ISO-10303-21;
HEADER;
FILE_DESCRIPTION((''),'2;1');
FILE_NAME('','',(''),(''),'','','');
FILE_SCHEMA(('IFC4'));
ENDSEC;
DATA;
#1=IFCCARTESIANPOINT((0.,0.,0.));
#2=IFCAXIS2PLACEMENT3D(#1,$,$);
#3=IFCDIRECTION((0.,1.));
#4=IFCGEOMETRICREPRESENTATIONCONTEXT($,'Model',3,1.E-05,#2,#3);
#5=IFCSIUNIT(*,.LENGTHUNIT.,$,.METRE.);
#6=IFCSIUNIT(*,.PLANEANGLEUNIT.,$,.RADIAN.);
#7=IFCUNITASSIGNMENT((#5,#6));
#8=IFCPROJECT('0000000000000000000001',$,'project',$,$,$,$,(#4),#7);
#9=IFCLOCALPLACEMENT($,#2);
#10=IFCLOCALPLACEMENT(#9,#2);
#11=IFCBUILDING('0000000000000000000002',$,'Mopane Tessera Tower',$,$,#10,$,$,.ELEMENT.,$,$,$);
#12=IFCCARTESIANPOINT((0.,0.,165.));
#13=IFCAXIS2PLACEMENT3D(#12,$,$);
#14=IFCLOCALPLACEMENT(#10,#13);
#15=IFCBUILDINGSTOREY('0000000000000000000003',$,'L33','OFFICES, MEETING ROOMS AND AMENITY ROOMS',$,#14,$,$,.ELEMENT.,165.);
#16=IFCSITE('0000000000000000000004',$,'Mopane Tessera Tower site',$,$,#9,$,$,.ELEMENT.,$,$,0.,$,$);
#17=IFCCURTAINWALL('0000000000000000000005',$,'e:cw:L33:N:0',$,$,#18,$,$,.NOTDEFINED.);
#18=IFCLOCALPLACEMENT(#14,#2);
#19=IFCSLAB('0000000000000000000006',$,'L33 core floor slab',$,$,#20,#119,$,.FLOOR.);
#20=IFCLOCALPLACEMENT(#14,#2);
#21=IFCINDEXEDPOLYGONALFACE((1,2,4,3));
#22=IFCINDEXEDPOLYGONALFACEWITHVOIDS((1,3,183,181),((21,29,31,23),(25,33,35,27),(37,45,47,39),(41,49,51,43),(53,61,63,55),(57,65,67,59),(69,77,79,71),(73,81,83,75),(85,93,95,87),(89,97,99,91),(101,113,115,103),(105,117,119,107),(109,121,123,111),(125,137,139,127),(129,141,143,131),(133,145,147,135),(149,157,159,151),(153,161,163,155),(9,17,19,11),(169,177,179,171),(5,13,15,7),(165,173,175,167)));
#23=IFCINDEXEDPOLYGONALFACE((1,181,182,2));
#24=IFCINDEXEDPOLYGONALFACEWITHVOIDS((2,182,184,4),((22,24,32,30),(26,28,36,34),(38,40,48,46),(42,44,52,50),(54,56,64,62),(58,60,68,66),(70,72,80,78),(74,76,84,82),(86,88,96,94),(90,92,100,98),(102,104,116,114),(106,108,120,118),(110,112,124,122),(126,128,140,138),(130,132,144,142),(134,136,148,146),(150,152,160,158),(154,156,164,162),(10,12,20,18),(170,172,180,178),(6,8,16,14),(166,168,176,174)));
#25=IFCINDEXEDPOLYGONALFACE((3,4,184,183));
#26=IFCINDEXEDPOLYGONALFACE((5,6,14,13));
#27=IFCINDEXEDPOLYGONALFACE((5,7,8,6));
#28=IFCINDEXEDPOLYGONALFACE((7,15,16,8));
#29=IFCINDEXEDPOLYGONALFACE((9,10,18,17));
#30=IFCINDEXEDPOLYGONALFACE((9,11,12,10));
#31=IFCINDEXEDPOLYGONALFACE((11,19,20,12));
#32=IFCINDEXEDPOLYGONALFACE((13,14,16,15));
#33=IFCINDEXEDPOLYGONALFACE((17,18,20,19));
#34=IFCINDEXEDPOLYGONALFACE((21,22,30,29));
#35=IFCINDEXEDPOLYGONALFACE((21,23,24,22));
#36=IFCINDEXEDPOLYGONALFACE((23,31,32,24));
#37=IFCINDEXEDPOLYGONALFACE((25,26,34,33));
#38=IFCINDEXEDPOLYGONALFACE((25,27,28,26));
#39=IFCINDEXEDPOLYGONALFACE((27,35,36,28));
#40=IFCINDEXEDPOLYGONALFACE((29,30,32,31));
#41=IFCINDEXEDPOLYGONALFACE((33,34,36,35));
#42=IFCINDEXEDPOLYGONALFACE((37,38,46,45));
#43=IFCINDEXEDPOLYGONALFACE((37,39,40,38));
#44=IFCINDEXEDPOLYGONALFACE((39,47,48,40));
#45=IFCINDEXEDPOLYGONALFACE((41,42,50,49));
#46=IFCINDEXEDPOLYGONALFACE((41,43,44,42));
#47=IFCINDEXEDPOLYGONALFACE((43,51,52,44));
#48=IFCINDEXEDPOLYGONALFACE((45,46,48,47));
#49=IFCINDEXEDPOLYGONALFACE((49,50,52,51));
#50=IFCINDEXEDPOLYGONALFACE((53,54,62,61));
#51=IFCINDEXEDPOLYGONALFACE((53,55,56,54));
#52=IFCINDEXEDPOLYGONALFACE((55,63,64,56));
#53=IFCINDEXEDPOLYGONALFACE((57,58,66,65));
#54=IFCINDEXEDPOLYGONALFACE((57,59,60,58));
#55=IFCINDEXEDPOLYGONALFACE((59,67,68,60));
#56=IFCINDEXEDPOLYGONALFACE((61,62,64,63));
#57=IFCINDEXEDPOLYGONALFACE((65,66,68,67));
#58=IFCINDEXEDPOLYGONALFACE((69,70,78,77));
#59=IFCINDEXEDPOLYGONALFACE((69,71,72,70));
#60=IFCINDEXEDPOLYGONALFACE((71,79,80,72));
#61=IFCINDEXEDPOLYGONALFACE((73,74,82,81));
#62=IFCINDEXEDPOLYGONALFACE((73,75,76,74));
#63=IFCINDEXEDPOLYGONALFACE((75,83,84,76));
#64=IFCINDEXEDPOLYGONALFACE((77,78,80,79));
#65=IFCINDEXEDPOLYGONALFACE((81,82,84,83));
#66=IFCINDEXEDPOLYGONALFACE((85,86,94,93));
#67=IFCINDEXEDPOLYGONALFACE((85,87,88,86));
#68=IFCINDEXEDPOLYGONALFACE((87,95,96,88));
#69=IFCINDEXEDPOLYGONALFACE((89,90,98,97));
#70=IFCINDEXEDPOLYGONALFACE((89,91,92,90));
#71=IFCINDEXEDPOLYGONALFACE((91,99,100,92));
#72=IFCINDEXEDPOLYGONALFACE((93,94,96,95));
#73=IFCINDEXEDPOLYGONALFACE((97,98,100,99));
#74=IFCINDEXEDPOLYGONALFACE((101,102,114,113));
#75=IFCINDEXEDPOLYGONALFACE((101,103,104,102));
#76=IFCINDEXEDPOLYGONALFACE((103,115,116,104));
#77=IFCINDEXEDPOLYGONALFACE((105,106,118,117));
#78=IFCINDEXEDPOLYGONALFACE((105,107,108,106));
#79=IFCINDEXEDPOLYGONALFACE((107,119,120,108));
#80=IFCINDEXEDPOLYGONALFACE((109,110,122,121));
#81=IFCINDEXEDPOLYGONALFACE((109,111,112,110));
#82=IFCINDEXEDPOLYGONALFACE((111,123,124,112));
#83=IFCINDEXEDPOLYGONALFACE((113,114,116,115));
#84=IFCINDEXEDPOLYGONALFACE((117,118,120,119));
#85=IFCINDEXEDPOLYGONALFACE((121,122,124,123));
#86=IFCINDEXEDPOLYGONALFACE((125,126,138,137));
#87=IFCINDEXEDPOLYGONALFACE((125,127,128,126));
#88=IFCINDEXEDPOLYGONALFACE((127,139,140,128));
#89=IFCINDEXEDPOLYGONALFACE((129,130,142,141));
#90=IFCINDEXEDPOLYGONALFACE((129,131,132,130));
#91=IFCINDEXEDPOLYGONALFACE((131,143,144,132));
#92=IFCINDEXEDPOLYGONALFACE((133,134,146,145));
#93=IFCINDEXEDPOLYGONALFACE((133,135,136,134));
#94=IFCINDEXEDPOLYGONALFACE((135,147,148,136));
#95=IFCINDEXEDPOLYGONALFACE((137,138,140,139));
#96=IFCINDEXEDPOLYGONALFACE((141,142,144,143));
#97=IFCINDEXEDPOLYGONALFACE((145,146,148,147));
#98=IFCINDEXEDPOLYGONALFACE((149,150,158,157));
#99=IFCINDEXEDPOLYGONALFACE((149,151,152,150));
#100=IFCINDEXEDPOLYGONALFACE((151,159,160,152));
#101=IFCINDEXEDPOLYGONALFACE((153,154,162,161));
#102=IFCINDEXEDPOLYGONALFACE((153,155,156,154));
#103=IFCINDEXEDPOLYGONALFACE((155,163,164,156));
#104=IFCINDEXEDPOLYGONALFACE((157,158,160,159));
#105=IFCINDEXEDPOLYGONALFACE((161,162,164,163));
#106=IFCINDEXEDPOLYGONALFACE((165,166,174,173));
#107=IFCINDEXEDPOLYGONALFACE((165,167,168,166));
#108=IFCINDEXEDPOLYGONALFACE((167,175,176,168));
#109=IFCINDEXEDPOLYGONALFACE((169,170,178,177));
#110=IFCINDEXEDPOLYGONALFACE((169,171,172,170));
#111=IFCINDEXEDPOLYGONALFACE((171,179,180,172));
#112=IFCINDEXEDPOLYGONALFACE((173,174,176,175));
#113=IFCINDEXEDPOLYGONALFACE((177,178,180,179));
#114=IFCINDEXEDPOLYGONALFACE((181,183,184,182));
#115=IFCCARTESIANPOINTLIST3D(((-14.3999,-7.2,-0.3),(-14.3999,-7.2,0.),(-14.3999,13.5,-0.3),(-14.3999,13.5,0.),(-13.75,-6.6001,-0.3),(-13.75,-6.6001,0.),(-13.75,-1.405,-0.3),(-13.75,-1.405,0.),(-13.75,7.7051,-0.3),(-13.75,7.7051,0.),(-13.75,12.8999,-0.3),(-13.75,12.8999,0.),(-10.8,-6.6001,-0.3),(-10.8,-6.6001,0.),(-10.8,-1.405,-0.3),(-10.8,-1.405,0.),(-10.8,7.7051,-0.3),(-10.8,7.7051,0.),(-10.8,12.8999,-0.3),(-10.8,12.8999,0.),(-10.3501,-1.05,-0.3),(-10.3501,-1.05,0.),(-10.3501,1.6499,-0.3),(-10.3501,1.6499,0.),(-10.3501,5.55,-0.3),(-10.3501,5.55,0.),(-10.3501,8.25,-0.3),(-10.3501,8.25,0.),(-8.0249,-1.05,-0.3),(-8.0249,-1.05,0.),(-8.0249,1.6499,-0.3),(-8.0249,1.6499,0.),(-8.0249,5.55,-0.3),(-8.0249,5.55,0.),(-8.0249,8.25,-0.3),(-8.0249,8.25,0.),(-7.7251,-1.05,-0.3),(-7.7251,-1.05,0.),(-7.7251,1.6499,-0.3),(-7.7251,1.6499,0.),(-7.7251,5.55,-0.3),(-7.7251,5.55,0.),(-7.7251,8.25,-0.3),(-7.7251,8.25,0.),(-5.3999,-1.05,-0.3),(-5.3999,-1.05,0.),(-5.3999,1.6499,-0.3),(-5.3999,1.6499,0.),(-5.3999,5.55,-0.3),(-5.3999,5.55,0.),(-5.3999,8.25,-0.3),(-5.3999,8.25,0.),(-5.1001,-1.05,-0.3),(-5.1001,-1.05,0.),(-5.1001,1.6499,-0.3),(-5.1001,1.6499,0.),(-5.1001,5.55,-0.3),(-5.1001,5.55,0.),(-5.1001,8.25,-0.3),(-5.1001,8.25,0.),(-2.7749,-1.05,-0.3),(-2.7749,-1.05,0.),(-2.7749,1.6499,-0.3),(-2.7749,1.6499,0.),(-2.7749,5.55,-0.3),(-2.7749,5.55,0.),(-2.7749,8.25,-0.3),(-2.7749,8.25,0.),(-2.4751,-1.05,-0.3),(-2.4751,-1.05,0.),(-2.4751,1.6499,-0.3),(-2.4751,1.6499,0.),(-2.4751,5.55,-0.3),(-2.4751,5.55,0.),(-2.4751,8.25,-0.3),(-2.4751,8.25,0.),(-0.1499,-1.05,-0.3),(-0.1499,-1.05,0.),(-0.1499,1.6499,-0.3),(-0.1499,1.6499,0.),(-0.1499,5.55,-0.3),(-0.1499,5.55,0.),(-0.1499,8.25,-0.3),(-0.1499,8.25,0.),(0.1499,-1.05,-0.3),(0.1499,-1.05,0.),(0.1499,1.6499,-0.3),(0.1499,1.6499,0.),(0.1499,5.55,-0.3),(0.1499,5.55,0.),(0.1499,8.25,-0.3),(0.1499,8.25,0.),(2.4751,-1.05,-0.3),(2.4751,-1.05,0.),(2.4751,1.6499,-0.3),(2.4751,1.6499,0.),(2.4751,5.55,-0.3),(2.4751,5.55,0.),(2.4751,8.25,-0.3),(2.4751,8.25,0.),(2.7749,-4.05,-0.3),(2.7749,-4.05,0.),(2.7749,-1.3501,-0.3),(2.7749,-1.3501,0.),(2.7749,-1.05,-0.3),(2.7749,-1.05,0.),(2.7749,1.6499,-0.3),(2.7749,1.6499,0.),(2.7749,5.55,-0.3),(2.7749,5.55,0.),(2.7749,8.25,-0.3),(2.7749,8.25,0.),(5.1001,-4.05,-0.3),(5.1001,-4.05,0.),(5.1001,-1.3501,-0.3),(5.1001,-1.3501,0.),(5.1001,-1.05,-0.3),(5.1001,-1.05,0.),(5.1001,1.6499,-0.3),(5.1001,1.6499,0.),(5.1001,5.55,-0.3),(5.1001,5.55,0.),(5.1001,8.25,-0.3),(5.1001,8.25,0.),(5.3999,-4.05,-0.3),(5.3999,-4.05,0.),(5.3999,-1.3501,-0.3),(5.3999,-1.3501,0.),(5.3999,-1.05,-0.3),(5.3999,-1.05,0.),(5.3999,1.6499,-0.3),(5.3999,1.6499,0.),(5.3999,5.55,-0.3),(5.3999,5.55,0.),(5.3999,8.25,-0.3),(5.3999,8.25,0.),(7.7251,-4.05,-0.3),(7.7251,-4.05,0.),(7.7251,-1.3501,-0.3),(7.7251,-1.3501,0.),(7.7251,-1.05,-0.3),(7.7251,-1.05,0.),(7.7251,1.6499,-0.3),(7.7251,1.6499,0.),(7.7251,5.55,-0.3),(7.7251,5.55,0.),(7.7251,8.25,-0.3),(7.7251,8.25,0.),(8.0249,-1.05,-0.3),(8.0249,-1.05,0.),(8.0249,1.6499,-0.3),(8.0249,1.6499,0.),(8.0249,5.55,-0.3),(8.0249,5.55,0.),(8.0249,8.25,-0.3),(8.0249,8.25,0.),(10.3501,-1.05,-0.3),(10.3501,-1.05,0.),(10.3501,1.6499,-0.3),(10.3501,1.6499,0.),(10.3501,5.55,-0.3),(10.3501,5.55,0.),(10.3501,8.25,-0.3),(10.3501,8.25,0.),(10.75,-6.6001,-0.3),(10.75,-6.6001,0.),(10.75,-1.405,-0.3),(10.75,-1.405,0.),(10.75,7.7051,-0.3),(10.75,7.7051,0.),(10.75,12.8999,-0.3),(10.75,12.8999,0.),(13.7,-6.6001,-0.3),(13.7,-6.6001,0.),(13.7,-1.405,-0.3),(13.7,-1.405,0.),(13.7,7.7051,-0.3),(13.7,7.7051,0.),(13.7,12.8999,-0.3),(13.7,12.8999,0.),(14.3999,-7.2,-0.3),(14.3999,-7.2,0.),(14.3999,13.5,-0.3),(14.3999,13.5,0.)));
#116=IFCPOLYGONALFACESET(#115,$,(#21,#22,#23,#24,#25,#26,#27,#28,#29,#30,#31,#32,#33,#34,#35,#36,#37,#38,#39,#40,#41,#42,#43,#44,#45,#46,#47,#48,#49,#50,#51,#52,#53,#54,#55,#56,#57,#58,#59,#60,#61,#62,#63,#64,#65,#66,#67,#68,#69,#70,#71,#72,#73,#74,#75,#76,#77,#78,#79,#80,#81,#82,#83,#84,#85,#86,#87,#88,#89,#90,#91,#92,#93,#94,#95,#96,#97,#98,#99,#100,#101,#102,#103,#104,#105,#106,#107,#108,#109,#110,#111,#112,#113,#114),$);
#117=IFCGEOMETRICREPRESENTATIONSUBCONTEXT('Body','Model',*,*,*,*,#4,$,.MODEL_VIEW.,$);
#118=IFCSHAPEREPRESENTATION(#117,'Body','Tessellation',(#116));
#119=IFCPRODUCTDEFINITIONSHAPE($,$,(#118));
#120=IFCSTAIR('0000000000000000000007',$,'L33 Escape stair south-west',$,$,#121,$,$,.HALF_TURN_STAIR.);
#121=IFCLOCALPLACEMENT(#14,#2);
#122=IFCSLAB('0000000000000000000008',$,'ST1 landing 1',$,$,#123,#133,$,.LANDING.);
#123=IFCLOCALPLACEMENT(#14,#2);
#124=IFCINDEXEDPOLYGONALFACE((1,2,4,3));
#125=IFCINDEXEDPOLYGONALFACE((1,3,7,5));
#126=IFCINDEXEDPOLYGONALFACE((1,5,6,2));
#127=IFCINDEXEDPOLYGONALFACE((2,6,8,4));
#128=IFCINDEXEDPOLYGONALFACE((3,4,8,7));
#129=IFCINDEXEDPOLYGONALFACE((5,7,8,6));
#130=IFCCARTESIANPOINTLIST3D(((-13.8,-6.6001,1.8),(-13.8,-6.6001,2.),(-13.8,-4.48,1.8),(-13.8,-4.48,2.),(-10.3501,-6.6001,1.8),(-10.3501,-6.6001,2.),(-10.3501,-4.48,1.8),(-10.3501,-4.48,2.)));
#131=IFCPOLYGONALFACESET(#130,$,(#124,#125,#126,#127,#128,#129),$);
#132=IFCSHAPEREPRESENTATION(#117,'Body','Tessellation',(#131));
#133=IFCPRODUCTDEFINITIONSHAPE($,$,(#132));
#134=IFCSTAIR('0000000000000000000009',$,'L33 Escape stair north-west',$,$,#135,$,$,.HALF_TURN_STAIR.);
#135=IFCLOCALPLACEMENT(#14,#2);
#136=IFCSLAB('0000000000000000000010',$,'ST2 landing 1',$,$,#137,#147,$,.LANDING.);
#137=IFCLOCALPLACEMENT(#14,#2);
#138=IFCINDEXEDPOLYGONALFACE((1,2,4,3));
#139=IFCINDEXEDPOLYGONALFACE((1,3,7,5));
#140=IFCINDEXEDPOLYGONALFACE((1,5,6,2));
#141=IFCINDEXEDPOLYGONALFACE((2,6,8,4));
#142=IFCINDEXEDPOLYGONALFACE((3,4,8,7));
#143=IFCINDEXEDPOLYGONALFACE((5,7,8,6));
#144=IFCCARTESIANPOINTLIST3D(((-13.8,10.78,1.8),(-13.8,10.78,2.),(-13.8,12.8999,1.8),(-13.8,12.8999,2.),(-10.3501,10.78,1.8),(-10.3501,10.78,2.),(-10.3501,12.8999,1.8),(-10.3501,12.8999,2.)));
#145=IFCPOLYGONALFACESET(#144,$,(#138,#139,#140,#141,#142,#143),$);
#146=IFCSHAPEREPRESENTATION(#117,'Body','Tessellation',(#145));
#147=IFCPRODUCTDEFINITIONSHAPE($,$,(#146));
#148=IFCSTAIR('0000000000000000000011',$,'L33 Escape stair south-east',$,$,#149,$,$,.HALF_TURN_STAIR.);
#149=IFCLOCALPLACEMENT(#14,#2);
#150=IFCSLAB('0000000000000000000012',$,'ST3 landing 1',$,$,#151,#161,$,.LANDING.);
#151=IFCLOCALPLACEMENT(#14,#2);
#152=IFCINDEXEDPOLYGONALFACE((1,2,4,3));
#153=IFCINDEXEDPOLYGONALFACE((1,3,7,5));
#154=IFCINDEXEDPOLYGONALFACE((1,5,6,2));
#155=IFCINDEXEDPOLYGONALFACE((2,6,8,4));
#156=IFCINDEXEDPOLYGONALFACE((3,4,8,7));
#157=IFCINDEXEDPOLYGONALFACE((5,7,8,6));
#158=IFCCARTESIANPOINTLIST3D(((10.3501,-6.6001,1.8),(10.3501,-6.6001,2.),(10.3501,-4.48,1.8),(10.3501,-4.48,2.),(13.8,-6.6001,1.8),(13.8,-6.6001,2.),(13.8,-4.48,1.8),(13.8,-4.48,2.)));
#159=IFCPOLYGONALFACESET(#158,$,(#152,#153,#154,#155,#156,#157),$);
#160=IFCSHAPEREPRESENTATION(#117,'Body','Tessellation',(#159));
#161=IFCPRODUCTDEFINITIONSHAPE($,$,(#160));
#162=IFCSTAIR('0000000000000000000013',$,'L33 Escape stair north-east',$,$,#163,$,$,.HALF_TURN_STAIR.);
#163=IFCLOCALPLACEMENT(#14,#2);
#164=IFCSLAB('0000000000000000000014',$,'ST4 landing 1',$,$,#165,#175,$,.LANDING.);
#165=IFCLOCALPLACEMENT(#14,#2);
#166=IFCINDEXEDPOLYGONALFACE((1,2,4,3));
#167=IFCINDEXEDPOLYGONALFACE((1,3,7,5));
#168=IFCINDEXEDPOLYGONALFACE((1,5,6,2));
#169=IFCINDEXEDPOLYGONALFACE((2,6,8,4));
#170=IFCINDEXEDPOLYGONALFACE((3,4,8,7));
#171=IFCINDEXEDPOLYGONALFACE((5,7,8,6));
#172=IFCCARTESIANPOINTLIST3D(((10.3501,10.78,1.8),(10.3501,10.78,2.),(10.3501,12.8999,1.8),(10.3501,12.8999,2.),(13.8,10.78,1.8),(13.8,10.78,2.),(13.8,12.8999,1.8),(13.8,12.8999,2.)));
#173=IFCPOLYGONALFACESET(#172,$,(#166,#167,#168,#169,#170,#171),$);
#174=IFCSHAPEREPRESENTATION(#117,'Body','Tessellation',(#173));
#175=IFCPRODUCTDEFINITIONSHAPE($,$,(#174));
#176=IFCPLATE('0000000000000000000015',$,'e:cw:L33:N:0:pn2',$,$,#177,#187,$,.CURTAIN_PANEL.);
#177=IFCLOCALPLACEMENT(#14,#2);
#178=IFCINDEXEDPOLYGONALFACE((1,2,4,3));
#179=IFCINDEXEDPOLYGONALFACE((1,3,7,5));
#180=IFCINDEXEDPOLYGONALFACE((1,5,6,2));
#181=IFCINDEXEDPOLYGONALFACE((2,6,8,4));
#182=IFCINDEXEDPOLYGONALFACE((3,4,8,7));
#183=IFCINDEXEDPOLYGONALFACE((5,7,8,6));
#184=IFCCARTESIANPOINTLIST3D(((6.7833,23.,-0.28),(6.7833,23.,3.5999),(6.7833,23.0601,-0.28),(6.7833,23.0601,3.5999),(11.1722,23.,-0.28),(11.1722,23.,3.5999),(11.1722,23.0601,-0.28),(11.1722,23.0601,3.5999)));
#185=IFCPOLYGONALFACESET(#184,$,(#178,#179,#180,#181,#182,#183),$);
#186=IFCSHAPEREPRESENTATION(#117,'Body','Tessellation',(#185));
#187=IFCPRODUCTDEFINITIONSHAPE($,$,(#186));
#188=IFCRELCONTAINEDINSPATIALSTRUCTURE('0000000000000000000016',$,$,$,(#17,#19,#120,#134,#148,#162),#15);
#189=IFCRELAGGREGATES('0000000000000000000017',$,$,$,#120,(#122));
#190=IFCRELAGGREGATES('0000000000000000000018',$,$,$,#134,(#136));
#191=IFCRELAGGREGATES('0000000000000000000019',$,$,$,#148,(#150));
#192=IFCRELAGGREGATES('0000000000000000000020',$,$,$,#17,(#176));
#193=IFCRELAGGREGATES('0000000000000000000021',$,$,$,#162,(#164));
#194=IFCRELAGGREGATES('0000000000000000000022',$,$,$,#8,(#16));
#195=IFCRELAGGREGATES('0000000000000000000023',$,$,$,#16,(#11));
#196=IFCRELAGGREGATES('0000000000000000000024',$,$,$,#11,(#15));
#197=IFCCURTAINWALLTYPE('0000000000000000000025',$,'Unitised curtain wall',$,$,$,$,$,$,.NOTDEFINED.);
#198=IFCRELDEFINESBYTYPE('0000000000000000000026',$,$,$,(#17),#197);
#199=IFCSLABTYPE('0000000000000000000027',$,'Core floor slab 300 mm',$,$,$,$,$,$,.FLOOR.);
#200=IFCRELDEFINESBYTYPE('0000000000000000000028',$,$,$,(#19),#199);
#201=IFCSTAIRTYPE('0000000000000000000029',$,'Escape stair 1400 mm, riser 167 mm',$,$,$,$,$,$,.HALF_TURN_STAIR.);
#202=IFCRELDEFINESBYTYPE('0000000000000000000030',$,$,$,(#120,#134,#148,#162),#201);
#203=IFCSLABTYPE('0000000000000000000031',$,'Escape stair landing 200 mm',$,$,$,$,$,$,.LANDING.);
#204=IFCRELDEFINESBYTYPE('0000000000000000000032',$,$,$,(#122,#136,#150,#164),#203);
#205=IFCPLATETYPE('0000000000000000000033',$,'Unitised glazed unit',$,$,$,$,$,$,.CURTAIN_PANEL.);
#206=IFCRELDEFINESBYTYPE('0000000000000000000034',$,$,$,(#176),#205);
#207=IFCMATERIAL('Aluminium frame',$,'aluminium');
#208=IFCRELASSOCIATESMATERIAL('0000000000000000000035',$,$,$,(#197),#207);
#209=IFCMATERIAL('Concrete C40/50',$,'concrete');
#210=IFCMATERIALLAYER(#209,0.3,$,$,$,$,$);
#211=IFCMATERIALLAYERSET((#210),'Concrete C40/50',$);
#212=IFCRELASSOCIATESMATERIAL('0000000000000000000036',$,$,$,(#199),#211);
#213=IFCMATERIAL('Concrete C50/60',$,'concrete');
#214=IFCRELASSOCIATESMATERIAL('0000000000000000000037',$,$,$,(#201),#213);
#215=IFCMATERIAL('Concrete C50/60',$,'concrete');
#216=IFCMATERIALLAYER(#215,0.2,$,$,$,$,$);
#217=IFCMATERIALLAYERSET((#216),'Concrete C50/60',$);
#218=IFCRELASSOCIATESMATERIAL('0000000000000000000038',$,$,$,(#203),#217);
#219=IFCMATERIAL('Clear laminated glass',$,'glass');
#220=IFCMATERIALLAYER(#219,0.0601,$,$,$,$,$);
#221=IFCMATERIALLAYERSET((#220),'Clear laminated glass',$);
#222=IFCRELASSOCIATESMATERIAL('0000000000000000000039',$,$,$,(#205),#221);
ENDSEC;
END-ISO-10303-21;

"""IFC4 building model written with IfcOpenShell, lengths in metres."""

from ifc_helpers import new_model, si_unit, direction, frame, origin, origin_2d, place, context, subcontext, project, spatial, polyline, rectangle, outline, extrude, material, layer, layer_set, type_object, element, aggregate, save


model = new_model("IFC4")

# Units and contexts
model_context = context("Model", 3, precision=1e-05, world=origin(), true_north=direction((0.0, 1.0)))
body_context = subcontext(model_context, "Body", "Model", "MODEL_VIEW")
ifc_project = project(units=[si_unit("LENGTHUNIT", "METRE"), si_unit("PLANEANGLEUNIT", "RADIAN")], contexts=[model_context])

# Site, building, storey
site_placement = place(None, origin())
site = spatial("IfcSite", under=ifc_project, at=site_placement, Name="Mopane Tessera Tower site", CompositionType="ELEMENT", RefElevation=0.0)
building_placement = place(site_placement, origin())
building = spatial("IfcBuilding", under=site, at=building_placement, Name="Mopane Tessera Tower", CompositionType="ELEMENT")
storey_placement = place(building_placement, frame((0.0, 0.0, 165.0)))
storey = spatial("IfcBuildingStorey", under=building, at=storey_placement, Name="L33", Description="OFFICES, MEETING ROOMS AND AMENITY ROOMS", CompositionType="ELEMENT", Elevation=165.0)

# Curtain wall
ifc_material_1 = material(Name="Aluminium frame", Category="aluminium")
curtain_wall_type = type_object("IfcCurtainWallType", Name="Unitised curtain wall", PredefinedType="NOTDEFINED", material=ifc_material_1)
curtain_wall_1_placement = place(storey_placement, origin())
curtain_wall_1 = element("IfcCurtainWall", 1, at=curtain_wall_1_placement, inside=storey, type_object=curtain_wall_type, Name="e:cw:L33:N:0", PredefinedType="NOTDEFINED")

# Slab
ifc_material_2 = material(Name="Concrete C40/50", Category="concrete")
ifc_layer_1 = layer(ifc_material_2, 0.3)
ifc_layer_set_1 = layer_set([ifc_layer_1], Name="Concrete C40/50")
slab_type_1 = type_object("IfcSlabType", Name="Core floor slab 300 mm", PredefinedType="FLOOR", material=ifc_layer_set_1)
slab_1_placement = place(storey_placement, frame((0.0, 0.0, -0.3)))
element("IfcSlab", 2, at=slab_1_placement, inside=storey, type_object=slab_type_1, Name="L33 core floor slab", PredefinedType="FLOOR", context=body_context, shape_type="SweptSolid", body=[
    extrude(outline(polyline([(-14.3999, -7.2), (14.3999, -7.2), (14.3999, 13.5), (-14.3999, 13.5), (-14.3999, -7.2)]), holes=[polyline([(-10.3501, -1.05), (-8.0249, -1.05), (-8.0249, 1.6499), (-10.3501, 1.6499), (-10.3501, -1.05)]), polyline([(-7.7251, -1.05), (-5.3999, -1.05), (-5.3999, 1.6499), (-7.7251, 1.6499), (-7.7251, -1.05)]), polyline([(-5.1001, -1.05), (-2.7749, -1.05), (-2.7749, 1.6499), (-5.1001, 1.6499), (-5.1001, -1.05)]), polyline([(-2.4751, -1.05), (-0.1499, -1.05), (-0.1499, 1.6499), (-2.4751, 1.6499), (-2.4751, -1.05)]), polyline([(0.1499, -1.05), (2.4751, -1.05), (2.4751, 1.6499), (0.1499, 1.6499), (0.1499, -1.05)]), polyline([(2.7749, -1.05), (5.1001, -1.05), (5.1001, 1.6499), (2.7749, 1.6499), (2.7749, -1.05)]), polyline([(5.3999, -1.05), (7.7251, -1.05), (7.7251, 1.6499), (5.3999, 1.6499), (5.3999, -1.05)]), polyline([(8.0249, -1.05), (10.3501, -1.05), (10.3501, 1.6499), (8.0249, 1.6499), (8.0249, -1.05)]), polyline([(-10.3501, 5.55), (-8.0249, 5.55), (-8.0249, 8.25), (-10.3501, 8.25), (-10.3501, 5.55)]), polyline([(-7.7251, 5.55), (-5.3999, 5.55), (-5.3999, 8.25), (-7.7251, 8.25), (-7.7251, 5.55)]), polyline([(-5.1001, 5.55), (-2.7749, 5.55), (-2.7749, 8.25), (-5.1001, 8.25), (-5.1001, 5.55)]), polyline([(-2.4751, 5.55), (-0.1499, 5.55), (-0.1499, 8.25), (-2.4751, 8.25), (-2.4751, 5.55)]), polyline([(0.1499, 5.55), (2.4751, 5.55), (2.4751, 8.25), (0.1499, 8.25), (0.1499, 5.55)]), polyline([(2.7749, 5.55), (5.1001, 5.55), (5.1001, 8.25), (2.7749, 8.25), (2.7749, 5.55)]), polyline([(5.3999, 5.55), (7.7251, 5.55), (7.7251, 8.25), (5.3999, 8.25), (5.3999, 5.55)]), polyline([(8.0249, 5.55), (10.3501, 5.55), (10.3501, 8.25), (8.0249, 8.25), (8.0249, 5.55)]), polyline([(2.7749, -4.05), (5.1001, -4.05), (5.1001, -1.3501), (2.7749, -1.3501), (2.7749, -4.05)]), polyline([(5.3999, -4.05), (7.7251, -4.05), (7.7251, -1.3501), (5.3999, -1.3501), (5.3999, -4.05)]), polyline([(-13.75, -1.405), (-13.75, -6.6001), (-10.8, -6.6001), (-10.8, -1.405), (-13.75, -1.405)]), polyline([(-10.8, 7.7051), (-10.8, 12.8999), (-13.75, 12.8999), (-13.75, 7.7051), (-10.8, 7.7051)]), polyline([(10.75, -1.405), (10.75, -6.6001), (13.7, -6.6001), (13.7, -1.405), (10.75, -1.405)]), polyline([(13.7, 7.7051), (13.7, 12.8999), (10.75, 12.8999), (10.75, 7.7051), (13.7, 7.7051)])]), origin(), (0.0, 0.0, 1.0), 0.3),
])

# Stairs, slabs
ifc_material_3 = material(Name="Concrete C50/60", Category="concrete")
stair_type = type_object("IfcStairType", Name="Escape stair 1400 mm, riser 167 mm", PredefinedType="HALF_TURN_STAIR", material=ifc_material_3)
stair_1_placement = place(storey_placement, origin())
stair_1 = element("IfcStair", 3, at=stair_1_placement, inside=storey, type_object=stair_type, Name="L33 Escape stair south-west", PredefinedType="HALF_TURN_STAIR")
ifc_material_4 = material(Name="Concrete C50/60", Category="concrete")
ifc_layer_2 = layer(ifc_material_4, 0.2)
ifc_layer_set_2 = layer_set([ifc_layer_2], Name="Concrete C50/60")
slab_type_2 = type_object("IfcSlabType", Name="Escape stair landing 200 mm", PredefinedType="LANDING", material=ifc_layer_set_2)
slab_2_placement = place(storey_placement, frame((0.0, 0.0, 1.8)))
slab_2 = element("IfcSlab", 4, at=slab_2_placement, type_object=slab_type_2, Name="ST1 landing 1", PredefinedType="LANDING", context=body_context, shape_type="SweptSolid", body=[
    extrude(outline(polyline([(-13.8, -4.48), (-13.8, -6.6001), (-10.3501, -6.6001), (-10.3501, -4.48), (-13.8, -4.48)])), origin(), (0.0, 0.0, 1.0), 0.2),
])
aggregate(stair_1, [slab_2])
stair_2_placement = place(storey_placement, origin())
stair_2 = element("IfcStair", 5, at=stair_2_placement, inside=storey, type_object=stair_type, Name="L33 Escape stair north-west", PredefinedType="HALF_TURN_STAIR")
slab_3_placement = place(storey_placement, frame((0.0, 0.0, 1.8)))
slab_3 = element("IfcSlab", 6, at=slab_3_placement, type_object=slab_type_2, Name="ST2 landing 1", PredefinedType="LANDING", context=body_context, shape_type="SweptSolid", body=[
    extrude(outline(polyline([(-10.3501, 10.78), (-10.3501, 12.8999), (-13.8, 12.8999), (-13.8, 10.78), (-10.3501, 10.78)])), origin(), (0.0, 0.0, 1.0), 0.2),
])
aggregate(stair_2, [slab_3])
stair_3_placement = place(storey_placement, origin())
stair_3 = element("IfcStair", 7, at=stair_3_placement, inside=storey, type_object=stair_type, Name="L33 Escape stair south-east", PredefinedType="HALF_TURN_STAIR")
slab_4_placement = place(storey_placement, frame((0.0, 0.0, 1.8)))
slab_4 = element("IfcSlab", 8, at=slab_4_placement, type_object=slab_type_2, Name="ST3 landing 1", PredefinedType="LANDING", context=body_context, shape_type="SweptSolid", body=[
    extrude(outline(polyline([(10.3501, -4.48), (10.3501, -6.6001), (13.8, -6.6001), (13.8, -4.48), (10.3501, -4.48)])), origin(), (0.0, 0.0, 1.0), 0.2),
])
aggregate(stair_3, [slab_4])
stair_4_placement = place(storey_placement, origin())
stair_4 = element("IfcStair", 9, at=stair_4_placement, inside=storey, type_object=stair_type, Name="L33 Escape stair north-east", PredefinedType="HALF_TURN_STAIR")
slab_5_placement = place(storey_placement, frame((0.0, 0.0, 1.8)))
slab_5 = element("IfcSlab", 10, at=slab_5_placement, type_object=slab_type_2, Name="ST4 landing 1", PredefinedType="LANDING", context=body_context, shape_type="SweptSolid", body=[
    extrude(outline(polyline([(13.8, 10.78), (13.8, 12.8999), (10.3501, 12.8999), (10.3501, 10.78), (13.8, 10.78)])), origin(), (0.0, 0.0, 1.0), 0.2),
])

# Plate
ifc_material_5 = material(Name="Clear laminated glass", Category="glass")
ifc_layer_3 = layer(ifc_material_5, 0.0601)
ifc_layer_set_3 = layer_set([ifc_layer_3], Name="Clear laminated glass")
plate_type = type_object("IfcPlateType", Name="Unitised glazed unit", PredefinedType="CURTAIN_PANEL", material=ifc_layer_set_3)
plate_1_placement = place(storey_placement, frame((8.9778, 23.03, -0.28), z_axis=(0.0, 0.0, 1.0), x_axis=(-1.0, 0.0, 0.0)))
plate_1 = element("IfcPlate", 11, at=plate_1_placement, type_object=plate_type, Name="e:cw:L33:N:0:pn2", PredefinedType="CURTAIN_PANEL", context=body_context, shape_type="SweptSolid", body=[
    extrude(rectangle(XDim=4.3889, YDim=0.0601, at=origin_2d()), origin(), (0.0, 0.0, 1.0), 3.8799),
])
aggregate(curtain_wall_1, [plate_1])

aggregate(stair_4, [slab_5])

save(model, "model.ifc")
